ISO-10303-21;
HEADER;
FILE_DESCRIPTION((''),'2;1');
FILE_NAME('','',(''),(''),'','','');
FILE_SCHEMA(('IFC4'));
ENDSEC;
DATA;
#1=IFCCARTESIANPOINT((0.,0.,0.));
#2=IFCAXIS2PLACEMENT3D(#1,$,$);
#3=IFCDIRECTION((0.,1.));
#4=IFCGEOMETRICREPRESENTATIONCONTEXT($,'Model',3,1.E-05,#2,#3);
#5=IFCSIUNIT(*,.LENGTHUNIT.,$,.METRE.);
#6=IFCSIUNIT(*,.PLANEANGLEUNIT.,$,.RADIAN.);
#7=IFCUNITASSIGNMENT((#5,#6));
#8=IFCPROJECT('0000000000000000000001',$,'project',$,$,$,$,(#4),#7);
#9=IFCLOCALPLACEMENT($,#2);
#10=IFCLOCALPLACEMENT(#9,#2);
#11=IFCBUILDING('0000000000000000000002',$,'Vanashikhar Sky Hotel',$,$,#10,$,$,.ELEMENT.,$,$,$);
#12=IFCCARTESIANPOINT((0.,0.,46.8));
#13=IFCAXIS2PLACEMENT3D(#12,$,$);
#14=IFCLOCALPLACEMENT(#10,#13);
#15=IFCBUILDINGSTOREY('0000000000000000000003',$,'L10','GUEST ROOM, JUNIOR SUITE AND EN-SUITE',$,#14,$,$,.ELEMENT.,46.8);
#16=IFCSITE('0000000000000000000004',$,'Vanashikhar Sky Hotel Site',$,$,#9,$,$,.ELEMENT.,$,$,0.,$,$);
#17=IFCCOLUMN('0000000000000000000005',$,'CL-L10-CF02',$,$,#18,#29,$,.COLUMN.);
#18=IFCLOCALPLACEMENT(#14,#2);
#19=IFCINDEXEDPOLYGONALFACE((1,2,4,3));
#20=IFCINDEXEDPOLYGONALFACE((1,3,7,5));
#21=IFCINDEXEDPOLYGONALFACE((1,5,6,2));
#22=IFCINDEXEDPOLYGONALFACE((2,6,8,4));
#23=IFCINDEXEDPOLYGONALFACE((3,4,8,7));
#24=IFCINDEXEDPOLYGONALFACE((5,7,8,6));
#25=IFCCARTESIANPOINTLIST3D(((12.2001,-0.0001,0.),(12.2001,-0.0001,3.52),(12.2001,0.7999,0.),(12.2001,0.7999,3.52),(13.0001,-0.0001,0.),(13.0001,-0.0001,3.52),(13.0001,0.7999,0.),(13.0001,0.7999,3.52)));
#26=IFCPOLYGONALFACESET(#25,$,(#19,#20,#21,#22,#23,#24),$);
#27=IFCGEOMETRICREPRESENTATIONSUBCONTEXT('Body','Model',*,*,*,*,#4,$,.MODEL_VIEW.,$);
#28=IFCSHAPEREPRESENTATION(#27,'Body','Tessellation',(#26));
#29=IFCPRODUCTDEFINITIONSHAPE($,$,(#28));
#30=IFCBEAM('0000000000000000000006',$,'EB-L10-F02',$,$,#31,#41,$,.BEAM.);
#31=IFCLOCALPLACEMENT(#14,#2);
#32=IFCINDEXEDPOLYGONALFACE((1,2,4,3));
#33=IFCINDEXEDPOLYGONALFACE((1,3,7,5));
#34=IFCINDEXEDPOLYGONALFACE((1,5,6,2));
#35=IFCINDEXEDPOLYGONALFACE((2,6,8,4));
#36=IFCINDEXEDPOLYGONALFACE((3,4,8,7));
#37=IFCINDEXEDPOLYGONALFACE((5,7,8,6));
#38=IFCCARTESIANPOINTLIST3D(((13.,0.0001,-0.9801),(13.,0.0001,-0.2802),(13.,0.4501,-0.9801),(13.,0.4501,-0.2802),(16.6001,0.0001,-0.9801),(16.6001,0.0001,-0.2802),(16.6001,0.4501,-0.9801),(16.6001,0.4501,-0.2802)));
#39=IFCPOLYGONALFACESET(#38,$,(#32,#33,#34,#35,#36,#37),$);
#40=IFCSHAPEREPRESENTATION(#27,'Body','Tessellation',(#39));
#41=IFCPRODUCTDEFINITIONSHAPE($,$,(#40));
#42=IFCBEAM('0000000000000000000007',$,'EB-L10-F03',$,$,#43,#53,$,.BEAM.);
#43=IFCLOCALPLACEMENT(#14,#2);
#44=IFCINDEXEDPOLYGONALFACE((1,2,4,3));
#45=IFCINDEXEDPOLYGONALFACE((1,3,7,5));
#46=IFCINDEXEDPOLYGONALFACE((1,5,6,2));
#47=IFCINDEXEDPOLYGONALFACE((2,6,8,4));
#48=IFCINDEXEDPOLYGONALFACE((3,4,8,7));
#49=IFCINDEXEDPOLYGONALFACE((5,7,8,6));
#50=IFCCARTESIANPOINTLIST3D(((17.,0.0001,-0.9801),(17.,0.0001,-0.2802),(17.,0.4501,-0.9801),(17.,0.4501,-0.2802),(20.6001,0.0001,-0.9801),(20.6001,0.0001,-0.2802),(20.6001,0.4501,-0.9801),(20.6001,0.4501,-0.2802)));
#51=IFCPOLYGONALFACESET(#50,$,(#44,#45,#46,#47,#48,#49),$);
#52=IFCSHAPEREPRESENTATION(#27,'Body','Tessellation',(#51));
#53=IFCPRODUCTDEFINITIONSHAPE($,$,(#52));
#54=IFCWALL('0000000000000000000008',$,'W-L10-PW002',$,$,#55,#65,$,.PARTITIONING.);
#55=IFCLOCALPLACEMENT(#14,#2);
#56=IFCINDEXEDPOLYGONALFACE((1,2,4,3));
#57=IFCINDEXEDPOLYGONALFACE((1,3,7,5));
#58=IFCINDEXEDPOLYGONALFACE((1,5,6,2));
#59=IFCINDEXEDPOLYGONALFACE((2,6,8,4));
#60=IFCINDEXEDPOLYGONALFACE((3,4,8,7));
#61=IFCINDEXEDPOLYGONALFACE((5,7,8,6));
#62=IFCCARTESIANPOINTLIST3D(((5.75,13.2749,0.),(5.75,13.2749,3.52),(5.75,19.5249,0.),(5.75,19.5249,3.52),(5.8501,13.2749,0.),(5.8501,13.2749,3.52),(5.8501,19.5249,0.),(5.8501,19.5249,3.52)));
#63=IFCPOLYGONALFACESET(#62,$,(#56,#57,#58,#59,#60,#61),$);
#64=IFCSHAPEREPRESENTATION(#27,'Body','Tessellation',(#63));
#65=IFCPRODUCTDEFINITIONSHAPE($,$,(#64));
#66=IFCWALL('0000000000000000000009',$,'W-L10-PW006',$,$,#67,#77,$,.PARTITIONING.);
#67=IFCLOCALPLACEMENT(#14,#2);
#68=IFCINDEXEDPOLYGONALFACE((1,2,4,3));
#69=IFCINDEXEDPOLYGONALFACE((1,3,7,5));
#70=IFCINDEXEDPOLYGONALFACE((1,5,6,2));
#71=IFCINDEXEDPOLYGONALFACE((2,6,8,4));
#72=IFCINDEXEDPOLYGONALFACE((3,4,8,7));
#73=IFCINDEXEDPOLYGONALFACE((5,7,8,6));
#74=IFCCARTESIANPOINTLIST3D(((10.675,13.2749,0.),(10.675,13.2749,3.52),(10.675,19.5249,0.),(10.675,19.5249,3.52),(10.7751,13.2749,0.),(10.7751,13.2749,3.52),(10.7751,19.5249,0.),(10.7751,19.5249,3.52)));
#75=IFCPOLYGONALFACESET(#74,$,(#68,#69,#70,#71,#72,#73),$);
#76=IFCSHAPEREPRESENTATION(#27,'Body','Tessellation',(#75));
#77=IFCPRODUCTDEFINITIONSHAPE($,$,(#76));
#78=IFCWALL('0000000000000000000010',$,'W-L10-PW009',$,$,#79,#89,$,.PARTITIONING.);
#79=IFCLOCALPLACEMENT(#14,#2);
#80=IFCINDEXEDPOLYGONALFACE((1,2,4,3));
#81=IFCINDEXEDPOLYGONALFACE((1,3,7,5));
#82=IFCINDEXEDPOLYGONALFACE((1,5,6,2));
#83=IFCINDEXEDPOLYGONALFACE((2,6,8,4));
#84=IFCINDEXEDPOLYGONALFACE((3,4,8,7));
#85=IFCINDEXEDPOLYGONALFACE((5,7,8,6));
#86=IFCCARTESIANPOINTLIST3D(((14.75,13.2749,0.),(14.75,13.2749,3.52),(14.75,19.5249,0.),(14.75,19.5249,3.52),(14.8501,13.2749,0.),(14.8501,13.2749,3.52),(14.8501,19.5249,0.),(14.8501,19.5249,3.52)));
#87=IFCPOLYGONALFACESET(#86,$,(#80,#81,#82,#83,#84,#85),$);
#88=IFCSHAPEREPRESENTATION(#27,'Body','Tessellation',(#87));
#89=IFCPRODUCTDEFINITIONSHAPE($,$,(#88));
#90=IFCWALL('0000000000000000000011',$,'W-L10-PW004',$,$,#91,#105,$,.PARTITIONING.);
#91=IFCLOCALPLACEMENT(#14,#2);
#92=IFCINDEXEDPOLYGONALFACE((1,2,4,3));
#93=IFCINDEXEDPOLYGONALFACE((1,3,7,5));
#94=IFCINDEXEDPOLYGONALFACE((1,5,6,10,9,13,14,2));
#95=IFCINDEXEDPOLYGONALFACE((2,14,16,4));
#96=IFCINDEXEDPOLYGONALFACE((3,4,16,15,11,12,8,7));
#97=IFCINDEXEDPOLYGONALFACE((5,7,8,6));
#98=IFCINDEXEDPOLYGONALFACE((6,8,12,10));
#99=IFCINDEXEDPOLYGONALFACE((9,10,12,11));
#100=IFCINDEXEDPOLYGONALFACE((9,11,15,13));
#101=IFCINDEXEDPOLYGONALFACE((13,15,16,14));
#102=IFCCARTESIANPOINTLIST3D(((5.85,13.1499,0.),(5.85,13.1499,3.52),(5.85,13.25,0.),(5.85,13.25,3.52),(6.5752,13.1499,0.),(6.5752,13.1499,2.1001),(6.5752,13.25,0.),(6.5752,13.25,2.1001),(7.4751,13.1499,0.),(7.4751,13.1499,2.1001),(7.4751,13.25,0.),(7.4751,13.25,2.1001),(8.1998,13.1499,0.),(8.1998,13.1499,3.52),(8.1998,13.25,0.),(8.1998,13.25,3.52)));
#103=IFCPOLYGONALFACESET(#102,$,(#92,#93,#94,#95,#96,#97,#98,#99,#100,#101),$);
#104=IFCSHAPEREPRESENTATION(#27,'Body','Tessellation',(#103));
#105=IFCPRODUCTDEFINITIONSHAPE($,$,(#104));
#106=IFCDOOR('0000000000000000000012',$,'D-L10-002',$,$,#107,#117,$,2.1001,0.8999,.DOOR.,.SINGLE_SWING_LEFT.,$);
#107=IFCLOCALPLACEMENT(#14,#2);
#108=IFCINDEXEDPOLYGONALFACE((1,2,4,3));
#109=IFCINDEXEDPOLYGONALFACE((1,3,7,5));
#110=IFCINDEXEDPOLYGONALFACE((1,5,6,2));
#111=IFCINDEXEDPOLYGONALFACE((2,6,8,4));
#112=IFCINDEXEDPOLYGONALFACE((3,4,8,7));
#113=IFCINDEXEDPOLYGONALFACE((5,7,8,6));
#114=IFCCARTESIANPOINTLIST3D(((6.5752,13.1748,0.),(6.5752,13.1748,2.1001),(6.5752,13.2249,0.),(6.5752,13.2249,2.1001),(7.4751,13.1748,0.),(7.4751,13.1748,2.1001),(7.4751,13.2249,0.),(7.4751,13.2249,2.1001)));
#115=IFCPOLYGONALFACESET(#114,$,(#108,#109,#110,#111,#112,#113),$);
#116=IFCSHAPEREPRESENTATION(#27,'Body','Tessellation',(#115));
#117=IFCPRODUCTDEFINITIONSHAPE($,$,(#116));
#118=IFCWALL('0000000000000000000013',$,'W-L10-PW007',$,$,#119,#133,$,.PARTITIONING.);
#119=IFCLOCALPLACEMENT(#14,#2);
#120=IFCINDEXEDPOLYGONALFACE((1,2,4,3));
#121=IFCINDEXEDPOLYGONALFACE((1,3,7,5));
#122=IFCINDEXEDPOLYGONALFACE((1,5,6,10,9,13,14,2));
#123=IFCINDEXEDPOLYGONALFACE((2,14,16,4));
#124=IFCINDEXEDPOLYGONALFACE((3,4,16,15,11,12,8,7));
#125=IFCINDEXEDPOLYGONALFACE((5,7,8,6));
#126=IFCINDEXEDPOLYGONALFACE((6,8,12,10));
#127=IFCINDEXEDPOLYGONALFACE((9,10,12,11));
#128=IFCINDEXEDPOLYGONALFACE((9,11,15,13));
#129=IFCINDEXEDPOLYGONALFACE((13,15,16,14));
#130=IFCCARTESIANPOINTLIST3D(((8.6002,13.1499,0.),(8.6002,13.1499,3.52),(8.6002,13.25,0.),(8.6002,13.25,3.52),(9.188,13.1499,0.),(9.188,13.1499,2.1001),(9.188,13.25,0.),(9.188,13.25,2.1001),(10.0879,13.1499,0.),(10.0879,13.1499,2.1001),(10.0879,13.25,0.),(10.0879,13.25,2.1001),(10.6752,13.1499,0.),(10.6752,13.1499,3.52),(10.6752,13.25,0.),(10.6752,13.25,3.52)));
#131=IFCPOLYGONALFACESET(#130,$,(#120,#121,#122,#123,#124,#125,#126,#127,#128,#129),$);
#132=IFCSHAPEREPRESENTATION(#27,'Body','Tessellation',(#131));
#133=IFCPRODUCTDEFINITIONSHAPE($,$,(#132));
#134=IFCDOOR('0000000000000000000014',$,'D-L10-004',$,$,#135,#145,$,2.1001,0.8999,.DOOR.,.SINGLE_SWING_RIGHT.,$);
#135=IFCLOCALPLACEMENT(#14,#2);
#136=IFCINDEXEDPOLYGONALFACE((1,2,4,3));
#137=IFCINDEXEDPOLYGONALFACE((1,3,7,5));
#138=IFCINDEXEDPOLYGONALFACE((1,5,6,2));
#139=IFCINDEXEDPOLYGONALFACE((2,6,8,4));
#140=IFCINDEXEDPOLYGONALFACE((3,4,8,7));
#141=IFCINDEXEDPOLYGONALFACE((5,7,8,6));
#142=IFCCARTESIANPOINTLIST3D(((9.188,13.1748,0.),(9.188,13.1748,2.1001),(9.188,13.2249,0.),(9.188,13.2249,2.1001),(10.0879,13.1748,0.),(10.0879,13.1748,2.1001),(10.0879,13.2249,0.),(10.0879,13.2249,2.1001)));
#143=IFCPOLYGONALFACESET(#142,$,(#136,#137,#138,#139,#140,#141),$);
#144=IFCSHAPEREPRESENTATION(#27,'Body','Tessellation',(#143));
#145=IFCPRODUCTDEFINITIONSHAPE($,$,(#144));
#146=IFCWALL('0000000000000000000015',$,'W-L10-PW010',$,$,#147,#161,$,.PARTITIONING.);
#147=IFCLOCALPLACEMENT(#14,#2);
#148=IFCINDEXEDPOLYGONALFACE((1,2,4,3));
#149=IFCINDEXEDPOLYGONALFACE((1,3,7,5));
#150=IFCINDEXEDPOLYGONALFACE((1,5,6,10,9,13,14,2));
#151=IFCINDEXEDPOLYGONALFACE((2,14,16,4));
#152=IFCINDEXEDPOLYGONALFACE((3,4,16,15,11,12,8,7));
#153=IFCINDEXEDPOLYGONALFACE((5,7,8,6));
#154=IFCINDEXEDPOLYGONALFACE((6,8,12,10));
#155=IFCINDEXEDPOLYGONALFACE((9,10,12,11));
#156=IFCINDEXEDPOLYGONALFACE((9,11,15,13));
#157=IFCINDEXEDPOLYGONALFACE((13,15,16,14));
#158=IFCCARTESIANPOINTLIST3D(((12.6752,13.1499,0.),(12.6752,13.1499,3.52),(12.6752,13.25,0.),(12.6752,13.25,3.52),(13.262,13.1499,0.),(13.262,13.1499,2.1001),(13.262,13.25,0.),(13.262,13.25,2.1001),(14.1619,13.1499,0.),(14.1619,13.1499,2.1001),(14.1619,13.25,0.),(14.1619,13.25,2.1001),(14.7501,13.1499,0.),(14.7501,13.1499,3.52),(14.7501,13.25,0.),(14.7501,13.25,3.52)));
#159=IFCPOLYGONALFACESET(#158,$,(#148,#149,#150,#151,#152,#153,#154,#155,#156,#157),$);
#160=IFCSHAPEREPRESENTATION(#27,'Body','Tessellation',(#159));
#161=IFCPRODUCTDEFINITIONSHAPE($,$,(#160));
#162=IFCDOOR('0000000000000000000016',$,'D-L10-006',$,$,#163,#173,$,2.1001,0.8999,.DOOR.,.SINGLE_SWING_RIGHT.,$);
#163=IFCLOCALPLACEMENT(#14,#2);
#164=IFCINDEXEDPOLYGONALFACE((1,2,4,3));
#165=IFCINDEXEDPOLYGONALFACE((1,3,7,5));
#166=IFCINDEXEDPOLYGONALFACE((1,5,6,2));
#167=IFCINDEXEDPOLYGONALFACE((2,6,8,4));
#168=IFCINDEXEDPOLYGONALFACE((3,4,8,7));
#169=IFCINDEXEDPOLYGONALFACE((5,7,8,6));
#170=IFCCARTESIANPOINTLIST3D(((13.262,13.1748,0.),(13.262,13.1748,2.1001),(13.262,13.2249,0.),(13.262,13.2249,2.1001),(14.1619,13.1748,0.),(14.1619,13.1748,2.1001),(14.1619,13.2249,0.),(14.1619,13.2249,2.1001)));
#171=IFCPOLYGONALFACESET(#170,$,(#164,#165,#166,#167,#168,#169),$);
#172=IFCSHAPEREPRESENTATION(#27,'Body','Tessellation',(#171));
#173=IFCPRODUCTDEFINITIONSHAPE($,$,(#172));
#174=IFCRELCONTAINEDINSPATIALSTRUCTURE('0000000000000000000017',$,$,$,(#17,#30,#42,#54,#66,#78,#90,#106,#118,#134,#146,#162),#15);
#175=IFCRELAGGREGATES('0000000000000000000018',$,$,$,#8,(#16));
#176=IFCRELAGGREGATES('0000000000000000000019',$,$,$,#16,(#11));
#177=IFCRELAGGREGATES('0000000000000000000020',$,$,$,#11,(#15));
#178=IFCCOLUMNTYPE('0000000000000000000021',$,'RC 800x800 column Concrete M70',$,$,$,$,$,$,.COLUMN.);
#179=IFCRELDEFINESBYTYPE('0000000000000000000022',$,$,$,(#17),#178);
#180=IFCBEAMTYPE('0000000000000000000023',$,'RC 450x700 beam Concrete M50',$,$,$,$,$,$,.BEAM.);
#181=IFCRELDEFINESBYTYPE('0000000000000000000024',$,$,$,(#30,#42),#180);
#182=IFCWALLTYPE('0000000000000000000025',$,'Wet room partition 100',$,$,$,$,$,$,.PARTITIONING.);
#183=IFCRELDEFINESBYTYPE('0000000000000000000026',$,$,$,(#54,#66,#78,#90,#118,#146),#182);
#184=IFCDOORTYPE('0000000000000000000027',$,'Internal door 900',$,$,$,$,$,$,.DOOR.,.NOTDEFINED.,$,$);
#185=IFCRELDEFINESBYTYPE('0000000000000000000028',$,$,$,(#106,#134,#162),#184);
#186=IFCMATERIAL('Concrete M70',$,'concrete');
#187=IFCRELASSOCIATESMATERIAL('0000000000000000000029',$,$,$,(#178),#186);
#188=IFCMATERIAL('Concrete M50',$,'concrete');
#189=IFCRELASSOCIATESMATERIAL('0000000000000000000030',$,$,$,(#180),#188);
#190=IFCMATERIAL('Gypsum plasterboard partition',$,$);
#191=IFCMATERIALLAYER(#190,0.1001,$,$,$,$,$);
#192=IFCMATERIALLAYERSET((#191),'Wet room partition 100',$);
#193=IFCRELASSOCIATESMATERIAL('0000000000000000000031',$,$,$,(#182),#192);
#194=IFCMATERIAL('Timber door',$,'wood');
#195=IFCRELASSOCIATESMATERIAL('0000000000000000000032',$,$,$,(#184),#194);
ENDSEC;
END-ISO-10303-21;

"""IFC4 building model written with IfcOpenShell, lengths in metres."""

from ifc_helpers import new_model, si_unit, direction, frame, frame_2d, origin, origin_2d, place, context, subcontext, project, spatial, rectangle, extrude, source, transform, mapped, material, layer, layer_set, material_profile, profile_set, type_object, element, fill, save


model = new_model("IFC4")

# Units and contexts
model_context = context("Model", 3, precision=1e-05, world=origin(), true_north=direction((0.0, 1.0)))
body_context = subcontext(model_context, "Body", "Model", "MODEL_VIEW")
ifc_project = project(units=[si_unit("LENGTHUNIT", "METRE"), si_unit("PLANEANGLEUNIT", "RADIAN")], contexts=[model_context])

# Site, building, storey
site_placement = place(None, origin())
site = spatial("IfcSite", under=ifc_project, at=site_placement, Name="Vanashikhar Sky Hotel Site", CompositionType="ELEMENT", RefElevation=0.0)
building_placement = place(site_placement, origin())
building = spatial("IfcBuilding", under=site, at=building_placement, Name="Vanashikhar Sky Hotel", CompositionType="ELEMENT")
storey_placement = place(building_placement, frame((0.0, 0.0, 46.8)))
storey = spatial("IfcBuildingStorey", under=building, at=storey_placement, Name="L10", Description="GUEST ROOM, JUNIOR SUITE AND EN-SUITE", CompositionType="ELEMENT", Elevation=46.8)

# Column
ifc_material_1 = material(Name="Concrete M70", Category="concrete")
ifc_material_profile_1 = material_profile(ifc_material_1, rectangle(XDim=0.8, YDim=0.8, at=origin_2d()))
ifc_profile_set_1 = profile_set([ifc_material_profile_1], Name="RC 800x800 column Concrete M70")
column_type = type_object("IfcColumnType", Name="RC 800x800 column Concrete M70", PredefinedType="COLUMN", material=ifc_profile_set_1)
shared_shape_1 = source(origin(), body_context, "Body", "SweptSolid", [
    extrude(rectangle(XDim=0.8, YDim=0.8, at=origin_2d()), origin(), (0.0, 0.0, 1.0), 3.52),
])
column_placement = place(storey_placement, frame((12.6001, 0.3999, 0.0), z_axis=(0.0, 0.0, 1.0), x_axis=(1.0, 0.0, 0.0)))
element("IfcColumn", 1, at=column_placement, inside=storey, type_object=column_type, Name="CL-L10-CF02", PredefinedType="COLUMN", context=body_context, shape_type="MappedRepresentation", body=[
    mapped(shared_shape_1, transform((0.0, 0.0, 0.0), scale=1.0)),
])

# Beams
ifc_material_2 = material(Name="Concrete M50", Category="concrete")
ifc_material_profile_2 = material_profile(ifc_material_2, rectangle(XDim=0.45, YDim=0.7, at=origin_2d()))
ifc_profile_set_2 = profile_set([ifc_material_profile_2], Name="RC 450x700 beam Concrete M50")
beam_type = type_object("IfcBeamType", Name="RC 450x700 beam Concrete M50", PredefinedType="BEAM", material=ifc_profile_set_2)
shared_shape_2 = source(origin(), body_context, "Body", "SweptSolid", [
    extrude(rectangle(XDim=0.45, YDim=0.7, at=origin_2d()), origin(), (0.0, 0.0, 1.0), 3.6001),
])
for number, where, z_axis, x_axis, name in (
    (2, (13.0, 0.2251, -0.6301), (1.0, 0.0, 0.0), (0.0, 1.0, 0.0), "EB-L10-F02"),
    (3, (17.0, 0.2251, -0.6301), (1.0, 0.0, 0.0), (0.0, 1.0, 0.0), "EB-L10-F03"),
):
    element("IfcBeam", number, at=place(storey_placement, frame(where, z_axis=z_axis, x_axis=x_axis)), inside=storey, type_object=beam_type, Name=name, PredefinedType="BEAM", context=body_context, shape_type="MappedRepresentation", body=[
        mapped(shared_shape_2, transform((0.0, 0.0, 0.0), scale=1.0)),
    ])

# Walls
ifc_material_3 = material(Name="Gypsum plasterboard partition")
ifc_layer_1 = layer(ifc_material_3, 0.1001)
ifc_layer_set_1 = layer_set([ifc_layer_1], Name="Wet room partition 100")
wall_type_1 = type_object("IfcWallType", Name="Wet room partition 100", PredefinedType="PARTITIONING", material=ifc_layer_set_1)
shared_shape_3 = source(origin(), body_context, "Body", "SweptSolid", [
    extrude(rectangle(XDim=6.25, YDim=0.1001, at=frame_2d((3.125, 0.0))), origin(), (0.0, 0.0, 1.0), 3.52),
])
for number, where, z_axis, x_axis, name in (
    (4, (5.8, 13.2749, 0.0), (0.0, 0.0, 1.0), (0.0, 1.0, 0.0), "W-L10-PW002"),
    (5, (10.7251, 13.2749, 0.0), (0.0, 0.0, 1.0), (0.0, 1.0, 0.0), "W-L10-PW006"),
    (6, (14.8, 13.2749, 0.0), (0.0, 0.0, 1.0), (0.0, 1.0, 0.0), "W-L10-PW009"),
):
    element("IfcWall", number, at=place(storey_placement, frame(where, z_axis=z_axis, x_axis=x_axis)), inside=storey, type_object=wall_type_1, Name=name, PredefinedType="PARTITIONING", context=body_context, shape_type="MappedRepresentation", body=[
        mapped(shared_shape_3, transform((0.0, 0.0, 0.0), scale=1.0)),
    ])

# Walls, openings, doors
shared_shape_4 = source(origin(), body_context, "Body", "SweptSolid", [
    extrude(rectangle(XDim=2.3499, YDim=0.1001, at=frame_2d((1.1748, 0.0))), origin(), (0.0, 0.0, 1.0), 3.52),
])
wall_1_placement = place(storey_placement, frame((5.8501, 13.2, 0.0), z_axis=(0.0, 0.0, 1.0), x_axis=(1.0, 0.0, 0.0)))
wall_1 = element("IfcWall", 7, at=wall_1_placement, inside=storey, type_object=wall_type_1, Name="W-L10-PW004", PredefinedType="PARTITIONING", context=body_context, shape_type="MappedRepresentation", body=[
    mapped(shared_shape_4, transform((0.0, 0.0, 0.0), scale=1.0)),
])
shared_shape_5 = source(origin(), body_context, "Body", "SweptSolid", [
    extrude(rectangle(XDim=0.8999, YDim=2.1001, at=frame_2d((0.45, 1.05))), frame((0.0, 0.0601, 0.0), z_axis=(0.0, -1.0, 0.0), x_axis=(1.0, 0.0, 0.0)), (0.0, 0.0, 1.0), 0.1201),
])
opening_1_placement = place(wall_1_placement, frame((0.7251, 0.0, 0.0)))
opening_1 = element("IfcOpeningElement", 8, at=opening_1_placement, cuts=wall_1, PredefinedType="OPENING", context=body_context, shape_type="MappedRepresentation", body=[
    mapped(shared_shape_5, transform((0.0, 0.0, 0.0), scale=1.0)),
])
ifc_material_4 = material(Name="Timber door", Category="wood")
door_type_1 = type_object("IfcDoorType", Name="Internal door 900", OperationType="NOTDEFINED", PredefinedType="DOOR", material=ifc_material_4)
shared_shape_6 = source(origin(), body_context, "Body", "SweptSolid", [
    extrude(rectangle(XDim=0.8999, YDim=2.1001, at=frame_2d((0.45, 1.05))), frame((0.0, 0.0249, 0.0), z_axis=(0.0, -1.0, 0.0), x_axis=(1.0, 0.0, 0.0)), (0.0, 0.0, 1.0), 0.05),
])
door_1_placement = place(opening_1_placement, origin())
door_1 = element("IfcDoor", 9, at=door_1_placement, inside=storey, type_object=door_type_1, Name="D-L10-002", OperationType="SINGLE_SWING_LEFT", OverallHeight=2.1001, OverallWidth=0.8999, PredefinedType="DOOR", context=body_context, shape_type="MappedRepresentation", body=[
    mapped(shared_shape_6, transform((0.0, 0.0, 0.0), scale=1.0)),
])
fill(opening_1, door_1)
shared_shape_7 = source(origin(), body_context, "Body", "SweptSolid", [
    extrude(rectangle(XDim=2.075, YDim=0.1001, at=frame_2d((1.0376, 0.0))), origin(), (0.0, 0.0, 1.0), 3.52),
])
wall_2_placement = place(storey_placement, frame((8.6001, 13.2, 0.0), z_axis=(0.0, 0.0, 1.0), x_axis=(1.0, 0.0, 0.0)))
wall_2 = element("IfcWall", 10, at=wall_2_placement, inside=storey, type_object=wall_type_1, Name="W-L10-PW007", PredefinedType="PARTITIONING", context=body_context, shape_type="MappedRepresentation", body=[
    mapped(shared_shape_7, transform((0.0, 0.0, 0.0), scale=1.0)),
])
opening_2_placement = place(wall_2_placement, frame((0.5879, 0.0, 0.0)))
opening_2 = element("IfcOpeningElement", 11, at=opening_2_placement, cuts=wall_2, PredefinedType="OPENING", context=body_context, shape_type="MappedRepresentation", body=[
    mapped(shared_shape_5, transform((0.0, 0.0, 0.0), scale=1.0)),
])
door_2_placement = place(opening_2_placement, origin())
door_2 = element("IfcDoor", 12, at=door_2_placement, inside=storey, type_object=door_type_1, Name="D-L10-004", OperationType="SINGLE_SWING_RIGHT", OverallHeight=2.1001, OverallWidth=0.8999, PredefinedType="DOOR", context=body_context, shape_type="MappedRepresentation", body=[
    mapped(shared_shape_6, transform((0.0, 0.0, 0.0), scale=1.0)),
])
fill(opening_2, door_2)
wall_3_placement = place(storey_placement, frame((12.675, 13.2, 0.0), z_axis=(0.0, 0.0, 1.0), x_axis=(1.0, 0.0, 0.0)))
wall_3 = element("IfcWall", 13, at=wall_3_placement, inside=storey, type_object=wall_type_1, Name="W-L10-PW010", PredefinedType="PARTITIONING", context=body_context, shape_type="MappedRepresentation", body=[
    mapped(shared_shape_7, transform((0.0, 0.0, 0.0), scale=1.0)),
])
opening_3_placement = place(wall_3_placement, frame((0.5869, 0.0, 0.0)))
opening_3 = element("IfcOpeningElement", 14, at=opening_3_placement, cuts=wall_3, PredefinedType="OPENING", context=body_context, shape_type="MappedRepresentation", body=[
    mapped(shared_shape_5, transform((0.0, 0.0, 0.0), scale=1.0)),
])
door_3_placement = place(opening_3_placement, origin())
door_3 = element("IfcDoor", 15, at=door_3_placement, inside=storey, type_object=door_type_1, Name="D-L10-006", OperationType="SINGLE_SWING_RIGHT", OverallHeight=2.1001, OverallWidth=0.8999, PredefinedType="DOOR", context=body_context, shape_type="MappedRepresentation", body=[
    mapped(shared_shape_6, transform((0.0, 0.0, 0.0), scale=1.0)),
])
fill(opening_3, door_3)

save(model, "model.ifc")
